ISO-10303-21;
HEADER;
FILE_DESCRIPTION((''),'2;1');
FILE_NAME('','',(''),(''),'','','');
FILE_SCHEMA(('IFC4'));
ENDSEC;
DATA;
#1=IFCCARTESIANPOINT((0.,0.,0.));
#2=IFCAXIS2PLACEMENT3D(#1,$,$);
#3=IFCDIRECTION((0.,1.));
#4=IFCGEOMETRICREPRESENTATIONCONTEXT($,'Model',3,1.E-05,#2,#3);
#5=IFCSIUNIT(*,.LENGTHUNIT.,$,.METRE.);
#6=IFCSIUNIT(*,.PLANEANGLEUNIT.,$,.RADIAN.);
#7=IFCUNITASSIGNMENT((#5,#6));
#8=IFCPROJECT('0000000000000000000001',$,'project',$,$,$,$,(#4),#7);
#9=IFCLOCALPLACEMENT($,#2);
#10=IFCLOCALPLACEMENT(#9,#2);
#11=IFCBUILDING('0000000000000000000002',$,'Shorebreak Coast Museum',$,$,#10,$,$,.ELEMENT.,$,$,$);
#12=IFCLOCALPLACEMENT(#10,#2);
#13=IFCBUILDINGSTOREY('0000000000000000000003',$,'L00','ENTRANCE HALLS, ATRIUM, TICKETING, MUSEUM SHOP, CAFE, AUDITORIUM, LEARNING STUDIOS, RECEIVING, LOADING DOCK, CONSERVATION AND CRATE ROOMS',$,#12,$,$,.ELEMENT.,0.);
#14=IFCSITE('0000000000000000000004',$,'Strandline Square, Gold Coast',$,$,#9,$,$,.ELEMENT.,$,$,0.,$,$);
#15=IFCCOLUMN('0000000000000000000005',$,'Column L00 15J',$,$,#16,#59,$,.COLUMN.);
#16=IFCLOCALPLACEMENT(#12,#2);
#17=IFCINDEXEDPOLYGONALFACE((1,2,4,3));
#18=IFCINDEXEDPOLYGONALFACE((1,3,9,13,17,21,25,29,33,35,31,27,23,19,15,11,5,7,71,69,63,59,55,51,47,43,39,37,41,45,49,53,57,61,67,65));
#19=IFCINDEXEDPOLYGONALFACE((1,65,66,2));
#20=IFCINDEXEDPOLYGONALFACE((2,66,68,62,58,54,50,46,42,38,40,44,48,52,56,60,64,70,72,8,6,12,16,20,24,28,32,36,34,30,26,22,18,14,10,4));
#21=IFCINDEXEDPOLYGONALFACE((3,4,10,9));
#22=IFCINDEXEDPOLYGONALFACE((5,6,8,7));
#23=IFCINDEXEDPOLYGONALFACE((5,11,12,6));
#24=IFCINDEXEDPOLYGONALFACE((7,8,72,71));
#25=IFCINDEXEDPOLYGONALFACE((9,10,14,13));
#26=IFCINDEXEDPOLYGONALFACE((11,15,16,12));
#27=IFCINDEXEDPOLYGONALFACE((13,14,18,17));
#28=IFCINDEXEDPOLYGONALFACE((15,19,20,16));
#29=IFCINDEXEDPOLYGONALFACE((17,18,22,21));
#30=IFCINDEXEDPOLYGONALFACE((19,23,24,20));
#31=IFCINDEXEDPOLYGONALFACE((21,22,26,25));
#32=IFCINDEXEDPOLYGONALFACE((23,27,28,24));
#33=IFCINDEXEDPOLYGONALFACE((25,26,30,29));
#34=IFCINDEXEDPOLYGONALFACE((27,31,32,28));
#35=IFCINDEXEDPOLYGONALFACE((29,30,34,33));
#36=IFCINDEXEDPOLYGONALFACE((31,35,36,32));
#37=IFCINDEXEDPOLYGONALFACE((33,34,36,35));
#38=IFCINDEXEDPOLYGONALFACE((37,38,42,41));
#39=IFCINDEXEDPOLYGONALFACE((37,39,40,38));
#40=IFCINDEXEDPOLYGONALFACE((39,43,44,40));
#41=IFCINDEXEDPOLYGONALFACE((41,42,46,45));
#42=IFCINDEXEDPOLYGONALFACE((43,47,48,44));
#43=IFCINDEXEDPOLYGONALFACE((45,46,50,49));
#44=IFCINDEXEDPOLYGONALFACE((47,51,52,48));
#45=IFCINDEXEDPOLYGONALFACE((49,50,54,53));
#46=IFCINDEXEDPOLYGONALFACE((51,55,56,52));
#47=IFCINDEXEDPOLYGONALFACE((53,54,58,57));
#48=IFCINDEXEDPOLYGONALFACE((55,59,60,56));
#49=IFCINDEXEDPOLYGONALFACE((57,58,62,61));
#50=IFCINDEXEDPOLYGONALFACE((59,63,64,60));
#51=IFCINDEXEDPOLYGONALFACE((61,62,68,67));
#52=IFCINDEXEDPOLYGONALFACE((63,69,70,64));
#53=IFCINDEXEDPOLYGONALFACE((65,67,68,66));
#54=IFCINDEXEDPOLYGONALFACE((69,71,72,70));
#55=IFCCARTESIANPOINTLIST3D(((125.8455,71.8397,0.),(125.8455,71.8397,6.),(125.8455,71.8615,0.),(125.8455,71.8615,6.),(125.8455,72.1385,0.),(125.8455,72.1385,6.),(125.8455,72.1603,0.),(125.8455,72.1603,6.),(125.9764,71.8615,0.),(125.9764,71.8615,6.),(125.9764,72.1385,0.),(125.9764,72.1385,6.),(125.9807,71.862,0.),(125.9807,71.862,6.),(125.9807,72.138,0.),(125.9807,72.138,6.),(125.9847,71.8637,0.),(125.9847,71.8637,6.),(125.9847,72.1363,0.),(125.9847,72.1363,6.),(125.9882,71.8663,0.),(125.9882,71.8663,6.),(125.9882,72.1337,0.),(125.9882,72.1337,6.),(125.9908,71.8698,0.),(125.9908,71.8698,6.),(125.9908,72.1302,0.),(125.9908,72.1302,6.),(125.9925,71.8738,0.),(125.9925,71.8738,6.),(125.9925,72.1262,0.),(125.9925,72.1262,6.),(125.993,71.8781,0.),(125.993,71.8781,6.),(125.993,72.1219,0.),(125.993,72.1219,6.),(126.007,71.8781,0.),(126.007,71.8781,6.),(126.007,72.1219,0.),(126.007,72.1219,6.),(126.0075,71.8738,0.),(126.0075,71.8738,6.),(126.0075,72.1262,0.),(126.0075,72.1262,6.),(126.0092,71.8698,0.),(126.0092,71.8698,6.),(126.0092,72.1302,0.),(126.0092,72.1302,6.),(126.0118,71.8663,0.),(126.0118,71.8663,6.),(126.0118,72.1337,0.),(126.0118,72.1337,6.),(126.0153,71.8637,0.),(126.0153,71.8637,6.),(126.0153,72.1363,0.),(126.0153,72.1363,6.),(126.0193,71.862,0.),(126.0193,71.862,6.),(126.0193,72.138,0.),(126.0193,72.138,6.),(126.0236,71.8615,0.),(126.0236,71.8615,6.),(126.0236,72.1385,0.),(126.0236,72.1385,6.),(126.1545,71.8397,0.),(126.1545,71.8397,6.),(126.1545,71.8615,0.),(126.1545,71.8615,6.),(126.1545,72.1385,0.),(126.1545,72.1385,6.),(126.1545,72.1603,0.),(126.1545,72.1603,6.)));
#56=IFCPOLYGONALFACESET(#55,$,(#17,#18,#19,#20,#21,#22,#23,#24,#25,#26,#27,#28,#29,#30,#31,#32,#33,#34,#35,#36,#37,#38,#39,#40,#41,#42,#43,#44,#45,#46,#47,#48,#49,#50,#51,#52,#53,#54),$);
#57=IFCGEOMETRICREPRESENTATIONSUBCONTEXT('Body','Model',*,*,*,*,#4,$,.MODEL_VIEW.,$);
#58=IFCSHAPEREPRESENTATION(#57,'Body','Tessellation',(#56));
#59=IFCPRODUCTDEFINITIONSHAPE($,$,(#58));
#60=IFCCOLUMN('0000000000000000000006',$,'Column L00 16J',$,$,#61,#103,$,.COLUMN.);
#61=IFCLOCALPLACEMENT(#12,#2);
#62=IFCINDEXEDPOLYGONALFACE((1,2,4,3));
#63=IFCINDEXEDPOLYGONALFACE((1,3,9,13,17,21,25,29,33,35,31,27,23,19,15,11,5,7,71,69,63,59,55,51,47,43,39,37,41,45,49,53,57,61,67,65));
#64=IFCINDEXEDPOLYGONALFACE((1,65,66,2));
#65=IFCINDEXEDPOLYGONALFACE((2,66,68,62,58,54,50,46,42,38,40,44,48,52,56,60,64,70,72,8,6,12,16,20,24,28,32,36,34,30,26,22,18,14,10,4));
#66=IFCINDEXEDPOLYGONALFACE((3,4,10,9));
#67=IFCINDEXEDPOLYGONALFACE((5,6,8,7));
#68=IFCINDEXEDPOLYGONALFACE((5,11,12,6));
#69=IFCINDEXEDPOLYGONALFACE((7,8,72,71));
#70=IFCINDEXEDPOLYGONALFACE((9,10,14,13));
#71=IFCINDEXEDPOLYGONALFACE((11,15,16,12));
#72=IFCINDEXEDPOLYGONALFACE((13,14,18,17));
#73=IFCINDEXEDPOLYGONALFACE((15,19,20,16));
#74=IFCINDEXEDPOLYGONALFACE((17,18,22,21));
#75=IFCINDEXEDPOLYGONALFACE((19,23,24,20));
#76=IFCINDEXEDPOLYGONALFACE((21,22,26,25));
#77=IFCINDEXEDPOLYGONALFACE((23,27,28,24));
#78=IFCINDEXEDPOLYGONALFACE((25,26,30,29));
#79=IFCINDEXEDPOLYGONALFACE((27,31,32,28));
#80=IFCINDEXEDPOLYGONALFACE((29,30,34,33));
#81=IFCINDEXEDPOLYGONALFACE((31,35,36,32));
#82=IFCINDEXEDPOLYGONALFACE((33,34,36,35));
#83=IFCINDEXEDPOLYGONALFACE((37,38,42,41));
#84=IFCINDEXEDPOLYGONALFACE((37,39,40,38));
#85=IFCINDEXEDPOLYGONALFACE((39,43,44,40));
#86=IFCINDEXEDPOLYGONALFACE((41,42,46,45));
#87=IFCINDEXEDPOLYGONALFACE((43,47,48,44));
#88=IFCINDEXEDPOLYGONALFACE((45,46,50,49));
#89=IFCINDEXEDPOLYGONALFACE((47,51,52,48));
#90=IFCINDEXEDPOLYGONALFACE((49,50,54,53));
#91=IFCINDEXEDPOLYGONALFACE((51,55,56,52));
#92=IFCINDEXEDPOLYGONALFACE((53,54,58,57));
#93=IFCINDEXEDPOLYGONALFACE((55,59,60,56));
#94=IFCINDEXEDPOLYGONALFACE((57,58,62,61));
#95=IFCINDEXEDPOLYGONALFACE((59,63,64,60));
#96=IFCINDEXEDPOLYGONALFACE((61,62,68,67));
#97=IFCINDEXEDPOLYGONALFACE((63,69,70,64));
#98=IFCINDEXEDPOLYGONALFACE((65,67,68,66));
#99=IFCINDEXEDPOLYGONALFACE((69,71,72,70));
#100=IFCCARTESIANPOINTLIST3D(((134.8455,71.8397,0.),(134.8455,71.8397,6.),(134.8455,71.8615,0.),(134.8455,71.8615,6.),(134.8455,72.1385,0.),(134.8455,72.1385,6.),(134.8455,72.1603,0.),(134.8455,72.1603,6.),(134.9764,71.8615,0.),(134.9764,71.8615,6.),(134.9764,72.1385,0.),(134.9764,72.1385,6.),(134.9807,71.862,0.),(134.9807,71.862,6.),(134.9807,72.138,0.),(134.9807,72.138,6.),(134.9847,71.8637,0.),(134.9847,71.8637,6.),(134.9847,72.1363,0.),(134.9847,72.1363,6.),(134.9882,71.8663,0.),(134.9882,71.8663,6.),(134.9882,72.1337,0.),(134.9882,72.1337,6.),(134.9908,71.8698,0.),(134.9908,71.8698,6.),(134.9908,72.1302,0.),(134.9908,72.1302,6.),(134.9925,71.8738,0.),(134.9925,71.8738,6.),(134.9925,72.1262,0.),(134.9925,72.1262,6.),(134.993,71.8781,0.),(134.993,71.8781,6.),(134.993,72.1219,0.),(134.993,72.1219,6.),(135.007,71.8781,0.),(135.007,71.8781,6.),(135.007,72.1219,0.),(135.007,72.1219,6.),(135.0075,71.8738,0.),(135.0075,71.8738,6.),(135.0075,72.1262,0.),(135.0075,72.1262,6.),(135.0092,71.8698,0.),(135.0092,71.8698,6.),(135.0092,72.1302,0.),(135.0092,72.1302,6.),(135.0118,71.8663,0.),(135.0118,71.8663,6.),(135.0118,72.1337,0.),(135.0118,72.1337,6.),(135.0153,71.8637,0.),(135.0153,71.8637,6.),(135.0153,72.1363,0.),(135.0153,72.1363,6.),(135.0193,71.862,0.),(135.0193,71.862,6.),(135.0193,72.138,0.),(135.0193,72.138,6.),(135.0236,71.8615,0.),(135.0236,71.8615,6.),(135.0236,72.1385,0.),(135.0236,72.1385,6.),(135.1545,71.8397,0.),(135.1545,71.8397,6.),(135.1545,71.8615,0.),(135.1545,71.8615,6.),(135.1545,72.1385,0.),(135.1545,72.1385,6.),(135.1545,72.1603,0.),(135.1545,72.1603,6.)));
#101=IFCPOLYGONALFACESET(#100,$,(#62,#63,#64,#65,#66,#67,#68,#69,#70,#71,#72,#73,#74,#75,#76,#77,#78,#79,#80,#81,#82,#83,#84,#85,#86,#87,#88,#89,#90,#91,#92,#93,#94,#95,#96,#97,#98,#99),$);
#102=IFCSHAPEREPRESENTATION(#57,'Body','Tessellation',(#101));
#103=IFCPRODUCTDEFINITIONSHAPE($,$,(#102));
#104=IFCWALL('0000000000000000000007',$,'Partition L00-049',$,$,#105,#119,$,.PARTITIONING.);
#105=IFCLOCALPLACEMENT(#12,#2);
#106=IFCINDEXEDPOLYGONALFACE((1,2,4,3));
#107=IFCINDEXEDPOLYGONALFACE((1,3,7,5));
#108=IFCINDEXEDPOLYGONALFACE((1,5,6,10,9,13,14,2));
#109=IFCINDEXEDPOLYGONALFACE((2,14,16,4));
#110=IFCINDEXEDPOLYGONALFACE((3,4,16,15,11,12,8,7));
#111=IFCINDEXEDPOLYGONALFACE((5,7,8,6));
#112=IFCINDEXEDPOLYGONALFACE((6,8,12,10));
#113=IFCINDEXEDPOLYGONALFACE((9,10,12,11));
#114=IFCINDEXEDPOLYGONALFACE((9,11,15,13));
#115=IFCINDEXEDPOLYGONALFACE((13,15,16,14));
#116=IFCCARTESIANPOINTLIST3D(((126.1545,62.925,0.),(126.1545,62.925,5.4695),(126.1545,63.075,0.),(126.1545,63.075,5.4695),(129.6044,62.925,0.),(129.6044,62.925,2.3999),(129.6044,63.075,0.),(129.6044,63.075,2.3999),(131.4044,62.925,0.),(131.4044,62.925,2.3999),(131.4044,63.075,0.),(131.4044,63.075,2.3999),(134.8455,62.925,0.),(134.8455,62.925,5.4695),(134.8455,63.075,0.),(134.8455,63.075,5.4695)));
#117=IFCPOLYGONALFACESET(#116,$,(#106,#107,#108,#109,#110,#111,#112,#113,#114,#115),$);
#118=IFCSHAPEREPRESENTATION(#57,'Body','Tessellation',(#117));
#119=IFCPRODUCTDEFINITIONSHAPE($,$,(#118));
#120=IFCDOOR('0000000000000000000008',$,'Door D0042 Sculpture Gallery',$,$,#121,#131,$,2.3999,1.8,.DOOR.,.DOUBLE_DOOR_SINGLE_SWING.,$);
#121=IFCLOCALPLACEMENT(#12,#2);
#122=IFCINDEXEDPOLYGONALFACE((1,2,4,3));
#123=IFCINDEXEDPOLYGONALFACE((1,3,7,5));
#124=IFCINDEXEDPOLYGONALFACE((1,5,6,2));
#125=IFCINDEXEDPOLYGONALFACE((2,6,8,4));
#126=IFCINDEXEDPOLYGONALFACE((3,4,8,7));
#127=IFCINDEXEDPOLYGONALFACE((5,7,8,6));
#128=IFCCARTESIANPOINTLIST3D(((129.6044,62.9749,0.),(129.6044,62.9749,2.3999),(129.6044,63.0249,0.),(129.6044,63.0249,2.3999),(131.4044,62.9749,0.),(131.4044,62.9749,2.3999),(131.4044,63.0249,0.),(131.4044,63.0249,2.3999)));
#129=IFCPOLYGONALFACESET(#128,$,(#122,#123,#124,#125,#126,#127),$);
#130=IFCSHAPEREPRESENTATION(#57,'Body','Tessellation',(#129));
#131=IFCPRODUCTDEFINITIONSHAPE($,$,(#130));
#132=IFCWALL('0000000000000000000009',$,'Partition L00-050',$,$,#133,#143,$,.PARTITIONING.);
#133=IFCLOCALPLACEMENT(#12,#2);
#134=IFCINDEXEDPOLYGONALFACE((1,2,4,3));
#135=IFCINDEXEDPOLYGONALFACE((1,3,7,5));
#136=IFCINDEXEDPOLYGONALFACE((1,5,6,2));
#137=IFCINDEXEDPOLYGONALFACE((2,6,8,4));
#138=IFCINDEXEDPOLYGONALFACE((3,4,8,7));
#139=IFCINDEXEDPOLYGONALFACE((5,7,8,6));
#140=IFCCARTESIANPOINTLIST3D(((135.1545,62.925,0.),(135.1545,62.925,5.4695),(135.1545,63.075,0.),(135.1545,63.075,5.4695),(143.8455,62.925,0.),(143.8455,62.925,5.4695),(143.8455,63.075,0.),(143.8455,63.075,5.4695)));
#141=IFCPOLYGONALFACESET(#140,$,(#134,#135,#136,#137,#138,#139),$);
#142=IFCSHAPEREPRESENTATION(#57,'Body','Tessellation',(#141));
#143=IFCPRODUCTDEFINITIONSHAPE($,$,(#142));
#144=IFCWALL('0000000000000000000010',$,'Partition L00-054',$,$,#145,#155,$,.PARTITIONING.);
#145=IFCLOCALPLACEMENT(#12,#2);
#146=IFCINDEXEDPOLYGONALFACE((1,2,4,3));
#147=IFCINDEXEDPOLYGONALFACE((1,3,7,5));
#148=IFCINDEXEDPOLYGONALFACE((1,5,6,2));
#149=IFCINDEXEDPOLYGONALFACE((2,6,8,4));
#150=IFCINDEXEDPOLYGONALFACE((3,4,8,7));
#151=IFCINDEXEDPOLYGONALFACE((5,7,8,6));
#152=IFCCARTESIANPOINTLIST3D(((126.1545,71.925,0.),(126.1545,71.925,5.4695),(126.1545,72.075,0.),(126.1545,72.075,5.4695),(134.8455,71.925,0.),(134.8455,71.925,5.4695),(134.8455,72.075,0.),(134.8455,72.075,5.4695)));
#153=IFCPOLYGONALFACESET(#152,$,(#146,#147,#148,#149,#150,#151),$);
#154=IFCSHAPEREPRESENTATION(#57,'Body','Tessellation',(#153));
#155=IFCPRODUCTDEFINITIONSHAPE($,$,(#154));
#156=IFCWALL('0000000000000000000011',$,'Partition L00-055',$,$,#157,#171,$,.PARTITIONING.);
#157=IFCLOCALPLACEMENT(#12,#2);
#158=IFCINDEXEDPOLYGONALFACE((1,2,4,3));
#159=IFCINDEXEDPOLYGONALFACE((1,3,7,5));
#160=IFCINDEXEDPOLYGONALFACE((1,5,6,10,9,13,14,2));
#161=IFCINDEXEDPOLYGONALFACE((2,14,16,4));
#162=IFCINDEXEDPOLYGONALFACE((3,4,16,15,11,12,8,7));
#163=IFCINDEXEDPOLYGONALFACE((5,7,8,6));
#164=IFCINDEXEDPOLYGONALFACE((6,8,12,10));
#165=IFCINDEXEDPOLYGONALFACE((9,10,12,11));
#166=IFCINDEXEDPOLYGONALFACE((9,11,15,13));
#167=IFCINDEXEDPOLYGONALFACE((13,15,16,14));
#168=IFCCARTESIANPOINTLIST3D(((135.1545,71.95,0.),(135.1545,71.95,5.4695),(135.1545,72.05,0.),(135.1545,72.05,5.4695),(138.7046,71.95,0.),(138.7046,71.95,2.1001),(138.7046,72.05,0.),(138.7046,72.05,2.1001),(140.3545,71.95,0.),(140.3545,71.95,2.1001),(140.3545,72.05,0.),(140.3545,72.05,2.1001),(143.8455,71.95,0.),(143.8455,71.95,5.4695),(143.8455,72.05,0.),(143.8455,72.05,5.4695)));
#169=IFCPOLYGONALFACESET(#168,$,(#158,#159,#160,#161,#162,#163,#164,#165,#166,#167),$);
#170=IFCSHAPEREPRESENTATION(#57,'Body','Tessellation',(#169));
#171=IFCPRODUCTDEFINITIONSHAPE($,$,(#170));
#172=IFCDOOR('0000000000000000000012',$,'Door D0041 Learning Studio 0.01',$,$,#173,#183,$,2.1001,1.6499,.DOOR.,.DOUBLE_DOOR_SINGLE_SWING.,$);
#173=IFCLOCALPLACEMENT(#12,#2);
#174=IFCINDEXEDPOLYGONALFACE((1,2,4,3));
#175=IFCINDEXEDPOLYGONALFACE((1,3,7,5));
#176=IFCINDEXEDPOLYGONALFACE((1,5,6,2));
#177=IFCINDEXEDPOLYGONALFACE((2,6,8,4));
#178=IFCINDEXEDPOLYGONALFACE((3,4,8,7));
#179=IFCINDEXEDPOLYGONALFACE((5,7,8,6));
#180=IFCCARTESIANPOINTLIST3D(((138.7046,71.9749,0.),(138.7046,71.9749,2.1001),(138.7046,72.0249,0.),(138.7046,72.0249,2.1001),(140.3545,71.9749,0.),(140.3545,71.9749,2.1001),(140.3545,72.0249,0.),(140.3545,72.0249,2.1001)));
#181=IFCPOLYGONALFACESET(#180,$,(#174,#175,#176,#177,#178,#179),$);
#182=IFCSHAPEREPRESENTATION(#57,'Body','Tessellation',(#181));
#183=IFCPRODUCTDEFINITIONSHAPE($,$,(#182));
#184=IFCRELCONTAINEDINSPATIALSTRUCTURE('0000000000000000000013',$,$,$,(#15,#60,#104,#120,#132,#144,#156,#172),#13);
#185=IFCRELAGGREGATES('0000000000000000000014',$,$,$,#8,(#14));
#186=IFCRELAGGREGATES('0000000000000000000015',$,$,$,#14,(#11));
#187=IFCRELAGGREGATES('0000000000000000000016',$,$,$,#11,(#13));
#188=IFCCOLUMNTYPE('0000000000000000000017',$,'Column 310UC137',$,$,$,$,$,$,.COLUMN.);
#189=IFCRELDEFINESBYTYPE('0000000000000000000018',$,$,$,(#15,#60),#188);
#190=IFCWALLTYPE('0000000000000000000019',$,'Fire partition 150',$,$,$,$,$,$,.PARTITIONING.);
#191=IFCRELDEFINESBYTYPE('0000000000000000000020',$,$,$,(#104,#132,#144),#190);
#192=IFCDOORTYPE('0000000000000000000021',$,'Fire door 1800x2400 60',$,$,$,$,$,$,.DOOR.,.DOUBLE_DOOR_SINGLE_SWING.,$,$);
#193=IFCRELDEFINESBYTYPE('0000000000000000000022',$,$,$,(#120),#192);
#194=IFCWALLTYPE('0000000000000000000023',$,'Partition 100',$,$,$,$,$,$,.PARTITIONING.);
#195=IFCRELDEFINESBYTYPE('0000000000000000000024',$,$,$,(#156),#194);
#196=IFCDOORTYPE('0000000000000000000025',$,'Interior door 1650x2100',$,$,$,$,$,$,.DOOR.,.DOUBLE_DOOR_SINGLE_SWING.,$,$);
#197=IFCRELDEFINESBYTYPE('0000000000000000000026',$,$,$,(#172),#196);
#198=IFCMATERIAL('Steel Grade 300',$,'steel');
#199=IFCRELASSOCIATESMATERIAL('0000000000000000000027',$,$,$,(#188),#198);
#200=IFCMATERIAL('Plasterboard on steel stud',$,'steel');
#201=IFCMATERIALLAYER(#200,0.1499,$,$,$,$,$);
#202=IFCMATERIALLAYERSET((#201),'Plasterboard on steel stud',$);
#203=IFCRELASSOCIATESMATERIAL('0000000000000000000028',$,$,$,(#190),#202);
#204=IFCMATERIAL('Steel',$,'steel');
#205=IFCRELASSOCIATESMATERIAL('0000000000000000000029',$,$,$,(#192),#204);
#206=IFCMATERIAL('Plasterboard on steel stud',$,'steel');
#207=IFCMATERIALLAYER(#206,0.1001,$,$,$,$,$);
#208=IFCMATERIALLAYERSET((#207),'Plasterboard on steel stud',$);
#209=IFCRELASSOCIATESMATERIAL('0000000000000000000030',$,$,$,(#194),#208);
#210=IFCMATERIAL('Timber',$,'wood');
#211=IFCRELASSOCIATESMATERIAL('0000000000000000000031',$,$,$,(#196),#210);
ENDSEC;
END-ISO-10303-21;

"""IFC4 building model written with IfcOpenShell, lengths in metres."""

from ifc_helpers import new_model, si_unit, direction, frame, frame_2d, origin, origin_2d, place, context, subcontext, project, spatial, rectangle, i_section, extrude, material, layer, layer_set, material_profile, profile_set, type_object, element, fill, save


model = new_model("IFC4")

# Units and contexts
model_context = context("Model", 3, precision=1e-05, world=origin(), true_north=direction((0.0, 1.0)))
body_context = subcontext(model_context, "Body", "Model", "MODEL_VIEW")
ifc_project = project(units=[si_unit("LENGTHUNIT", "METRE"), si_unit("PLANEANGLEUNIT", "RADIAN")], contexts=[model_context])

# Site, building, storey
site_placement = place(None, origin())
site = spatial("IfcSite", under=ifc_project, at=site_placement, Name="Strandline Square, Gold Coast", CompositionType="ELEMENT", RefElevation=0.0)
building_placement = place(site_placement, origin())
building = spatial("IfcBuilding", under=site, at=building_placement, Name="Shorebreak Coast Museum", CompositionType="ELEMENT")
storey_placement = place(building_placement, origin())
storey = spatial("IfcBuildingStorey", under=building, at=storey_placement, Name="L00", Description="ENTRANCE HALLS, ATRIUM, TICKETING, MUSEUM SHOP, CAFE, AUDITORIUM, LEARNING STUDIOS, RECEIVING, LOADING DOCK, CONSERVATION AND CRATE ROOMS", CompositionType="ELEMENT", Elevation=0.0)

# Columns
ifc_material_1 = material(Name="Steel Grade 300", Category="steel")
ifc_material_profile_1 = material_profile(ifc_material_1, i_section(OverallWidth=0.3091, OverallDepth=0.3206, WebThickness=0.0139, FlangeThickness=0.0217, FilletRadius=0.0166, at=origin_2d()), Name="310UC137")
ifc_profile_set_1 = profile_set([ifc_material_profile_1], Name="Steel Grade 300")
column_type = type_object("IfcColumnType", Name="Column 310UC137", PredefinedType="COLUMN", material=ifc_profile_set_1)
for number, where, z_axis, x_axis, name in (
    (1, (126.0, 72.0, 0.0), (0.0, 0.0, 1.0), (1.0, 0.0, 0.0), "Column L00 15J"),
    (2, (135.0, 72.0, 0.0), (0.0, 0.0, 1.0), (1.0, 0.0, 0.0), "Column L00 16J"),
):
    element("IfcColumn", number, at=place(storey_placement, frame(where, z_axis=z_axis, x_axis=x_axis)), inside=storey, type_object=column_type, Name=name, PredefinedType="COLUMN", context=body_context, shape_type="SweptSolid", body=[
        extrude(i_section(OverallWidth=0.3091, OverallDepth=0.3206, WebThickness=0.0139, FlangeThickness=0.0217, FilletRadius=0.0166, at=origin_2d()), origin(), (0.0, 0.0, 1.0), 6.0),
    ])

# Wall, opening, door
ifc_material_2 = material(Name="Plasterboard on steel stud", Category="steel")
ifc_layer_1 = layer(ifc_material_2, 0.1499)
ifc_layer_set_1 = layer_set([ifc_layer_1], Name="Plasterboard on steel stud")
wall_type_1 = type_object("IfcWallType", Name="Fire partition 150", PredefinedType="PARTITIONING", material=ifc_layer_set_1)
wall_1_placement = place(storey_placement, frame((126.1545, 63.0, 0.0), z_axis=(0.0, 0.0, 1.0), x_axis=(1.0, 0.0, 0.0)))
wall_1 = element("IfcWall", 3, at=wall_1_placement, inside=storey, type_object=wall_type_1, Name="Partition L00-049", PredefinedType="PARTITIONING", context=body_context, shape_type="SweptSolid", body=[
    extrude(rectangle(XDim=8.6909, YDim=0.1499, at=frame_2d((4.3455, 0.0))), origin(), (0.0, 0.0, 1.0), 5.4695),
])
opening_1_placement = place(wall_1_placement, frame((3.45, 0.0, 0.0)))
opening_1 = element("IfcOpeningElement", 4, at=opening_1_placement, cuts=wall_1, PredefinedType="OPENING", context=body_context, shape_type="SweptSolid", body=[
    extrude(rectangle(XDim=1.8, YDim=2.3999, at=frame_2d((0.8999, 1.2))), frame((0.0, 0.085, 0.0), z_axis=(0.0, -1.0, 0.0), x_axis=(1.0, 0.0, 0.0)), (0.0, 0.0, 1.0), 0.1699),
])
ifc_material_3 = material(Name="Steel", Category="steel")
door_type_1 = type_object("IfcDoorType", Name="Fire door 1800x2400 60", OperationType="DOUBLE_DOOR_SINGLE_SWING", PredefinedType="DOOR", material=ifc_material_3)
door_1_placement = place(opening_1_placement, origin())
door_1 = element("IfcDoor", 5, at=door_1_placement, inside=storey, type_object=door_type_1, Name="Door D0042 Sculpture Gallery", OperationType="DOUBLE_DOOR_SINGLE_SWING", OverallHeight=2.3999, OverallWidth=1.8, PredefinedType="DOOR", context=body_context, shape_type="SweptSolid", body=[
    extrude(rectangle(XDim=1.8, YDim=2.3999, at=frame_2d((0.8999, 1.2))), frame((0.0, 0.0249, 0.0), z_axis=(0.0, -1.0, 0.0), x_axis=(1.0, 0.0, 0.0)), (0.0, 0.0, 1.0), 0.05),
])
fill(opening_1, door_1)

# Walls
for number, where, z_axis, x_axis, name in (
    (6, (135.1545, 63.0, 0.0), (0.0, 0.0, 1.0), (1.0, 0.0, 0.0), "Partition L00-050"),
    (7, (126.1545, 72.0, 0.0), (0.0, 0.0, 1.0), (1.0, 0.0, 0.0), "Partition L00-054"),
):
    element("IfcWall", number, at=place(storey_placement, frame(where, z_axis=z_axis, x_axis=x_axis)), inside=storey, type_object=wall_type_1, Name=name, PredefinedType="PARTITIONING", context=body_context, shape_type="SweptSolid", body=[
        extrude(rectangle(XDim=8.6909, YDim=0.1499, at=frame_2d((4.3455, 0.0))), origin(), (0.0, 0.0, 1.0), 5.4695),
    ])

# Wall, opening, door
ifc_material_4 = material(Name="Plasterboard on steel stud", Category="steel")
ifc_layer_2 = layer(ifc_material_4, 0.1001)
ifc_layer_set_2 = layer_set([ifc_layer_2], Name="Plasterboard on steel stud")
wall_type_2 = type_object("IfcWallType", Name="Partition 100", PredefinedType="PARTITIONING", material=ifc_layer_set_2)
wall_2_placement = place(storey_placement, frame((135.1545, 72.0, 0.0), z_axis=(0.0, 0.0, 1.0), x_axis=(1.0, 0.0, 0.0)))
wall_2 = element("IfcWall", 8, at=wall_2_placement, inside=storey, type_object=wall_type_2, Name="Partition L00-055", PredefinedType="PARTITIONING", context=body_context, shape_type="SweptSolid", body=[
    extrude(rectangle(XDim=8.6909, YDim=0.1001, at=frame_2d((4.3455, 0.0))), origin(), (0.0, 0.0, 1.0), 5.4695),
])
opening_2_placement = place(wall_2_placement, frame((3.55, 0.0, 0.0)))
opening_2 = element("IfcOpeningElement", 9, at=opening_2_placement, cuts=wall_2, PredefinedType="OPENING", context=body_context, shape_type="SweptSolid", body=[
    extrude(rectangle(XDim=1.6499, YDim=2.1001, at=frame_2d((0.825, 1.05))), frame((0.0, 0.0601, 0.0), z_axis=(0.0, -1.0, 0.0), x_axis=(1.0, 0.0, 0.0)), (0.0, 0.0, 1.0), 0.1201),
])
ifc_material_5 = material(Name="Timber", Category="wood")
door_type_2 = type_object("IfcDoorType", Name="Interior door 1650x2100", OperationType="DOUBLE_DOOR_SINGLE_SWING", PredefinedType="DOOR", material=ifc_material_5)
door_2_placement = place(opening_2_placement, origin())
door_2 = element("IfcDoor", 10, at=door_2_placement, inside=storey, type_object=door_type_2, Name="Door D0041 Learning Studio 0.01", OperationType="DOUBLE_DOOR_SINGLE_SWING", OverallHeight=2.1001, OverallWidth=1.6499, PredefinedType="DOOR", context=body_context, shape_type="SweptSolid", body=[
    extrude(rectangle(XDim=1.6499, YDim=2.1001, at=frame_2d((0.825, 1.05))), frame((0.0, 0.0249, 0.0), z_axis=(0.0, -1.0, 0.0), x_axis=(1.0, 0.0, 0.0)), (0.0, 0.0, 1.0), 0.05),
])
fill(opening_2, door_2)

save(model, "model.ifc")
